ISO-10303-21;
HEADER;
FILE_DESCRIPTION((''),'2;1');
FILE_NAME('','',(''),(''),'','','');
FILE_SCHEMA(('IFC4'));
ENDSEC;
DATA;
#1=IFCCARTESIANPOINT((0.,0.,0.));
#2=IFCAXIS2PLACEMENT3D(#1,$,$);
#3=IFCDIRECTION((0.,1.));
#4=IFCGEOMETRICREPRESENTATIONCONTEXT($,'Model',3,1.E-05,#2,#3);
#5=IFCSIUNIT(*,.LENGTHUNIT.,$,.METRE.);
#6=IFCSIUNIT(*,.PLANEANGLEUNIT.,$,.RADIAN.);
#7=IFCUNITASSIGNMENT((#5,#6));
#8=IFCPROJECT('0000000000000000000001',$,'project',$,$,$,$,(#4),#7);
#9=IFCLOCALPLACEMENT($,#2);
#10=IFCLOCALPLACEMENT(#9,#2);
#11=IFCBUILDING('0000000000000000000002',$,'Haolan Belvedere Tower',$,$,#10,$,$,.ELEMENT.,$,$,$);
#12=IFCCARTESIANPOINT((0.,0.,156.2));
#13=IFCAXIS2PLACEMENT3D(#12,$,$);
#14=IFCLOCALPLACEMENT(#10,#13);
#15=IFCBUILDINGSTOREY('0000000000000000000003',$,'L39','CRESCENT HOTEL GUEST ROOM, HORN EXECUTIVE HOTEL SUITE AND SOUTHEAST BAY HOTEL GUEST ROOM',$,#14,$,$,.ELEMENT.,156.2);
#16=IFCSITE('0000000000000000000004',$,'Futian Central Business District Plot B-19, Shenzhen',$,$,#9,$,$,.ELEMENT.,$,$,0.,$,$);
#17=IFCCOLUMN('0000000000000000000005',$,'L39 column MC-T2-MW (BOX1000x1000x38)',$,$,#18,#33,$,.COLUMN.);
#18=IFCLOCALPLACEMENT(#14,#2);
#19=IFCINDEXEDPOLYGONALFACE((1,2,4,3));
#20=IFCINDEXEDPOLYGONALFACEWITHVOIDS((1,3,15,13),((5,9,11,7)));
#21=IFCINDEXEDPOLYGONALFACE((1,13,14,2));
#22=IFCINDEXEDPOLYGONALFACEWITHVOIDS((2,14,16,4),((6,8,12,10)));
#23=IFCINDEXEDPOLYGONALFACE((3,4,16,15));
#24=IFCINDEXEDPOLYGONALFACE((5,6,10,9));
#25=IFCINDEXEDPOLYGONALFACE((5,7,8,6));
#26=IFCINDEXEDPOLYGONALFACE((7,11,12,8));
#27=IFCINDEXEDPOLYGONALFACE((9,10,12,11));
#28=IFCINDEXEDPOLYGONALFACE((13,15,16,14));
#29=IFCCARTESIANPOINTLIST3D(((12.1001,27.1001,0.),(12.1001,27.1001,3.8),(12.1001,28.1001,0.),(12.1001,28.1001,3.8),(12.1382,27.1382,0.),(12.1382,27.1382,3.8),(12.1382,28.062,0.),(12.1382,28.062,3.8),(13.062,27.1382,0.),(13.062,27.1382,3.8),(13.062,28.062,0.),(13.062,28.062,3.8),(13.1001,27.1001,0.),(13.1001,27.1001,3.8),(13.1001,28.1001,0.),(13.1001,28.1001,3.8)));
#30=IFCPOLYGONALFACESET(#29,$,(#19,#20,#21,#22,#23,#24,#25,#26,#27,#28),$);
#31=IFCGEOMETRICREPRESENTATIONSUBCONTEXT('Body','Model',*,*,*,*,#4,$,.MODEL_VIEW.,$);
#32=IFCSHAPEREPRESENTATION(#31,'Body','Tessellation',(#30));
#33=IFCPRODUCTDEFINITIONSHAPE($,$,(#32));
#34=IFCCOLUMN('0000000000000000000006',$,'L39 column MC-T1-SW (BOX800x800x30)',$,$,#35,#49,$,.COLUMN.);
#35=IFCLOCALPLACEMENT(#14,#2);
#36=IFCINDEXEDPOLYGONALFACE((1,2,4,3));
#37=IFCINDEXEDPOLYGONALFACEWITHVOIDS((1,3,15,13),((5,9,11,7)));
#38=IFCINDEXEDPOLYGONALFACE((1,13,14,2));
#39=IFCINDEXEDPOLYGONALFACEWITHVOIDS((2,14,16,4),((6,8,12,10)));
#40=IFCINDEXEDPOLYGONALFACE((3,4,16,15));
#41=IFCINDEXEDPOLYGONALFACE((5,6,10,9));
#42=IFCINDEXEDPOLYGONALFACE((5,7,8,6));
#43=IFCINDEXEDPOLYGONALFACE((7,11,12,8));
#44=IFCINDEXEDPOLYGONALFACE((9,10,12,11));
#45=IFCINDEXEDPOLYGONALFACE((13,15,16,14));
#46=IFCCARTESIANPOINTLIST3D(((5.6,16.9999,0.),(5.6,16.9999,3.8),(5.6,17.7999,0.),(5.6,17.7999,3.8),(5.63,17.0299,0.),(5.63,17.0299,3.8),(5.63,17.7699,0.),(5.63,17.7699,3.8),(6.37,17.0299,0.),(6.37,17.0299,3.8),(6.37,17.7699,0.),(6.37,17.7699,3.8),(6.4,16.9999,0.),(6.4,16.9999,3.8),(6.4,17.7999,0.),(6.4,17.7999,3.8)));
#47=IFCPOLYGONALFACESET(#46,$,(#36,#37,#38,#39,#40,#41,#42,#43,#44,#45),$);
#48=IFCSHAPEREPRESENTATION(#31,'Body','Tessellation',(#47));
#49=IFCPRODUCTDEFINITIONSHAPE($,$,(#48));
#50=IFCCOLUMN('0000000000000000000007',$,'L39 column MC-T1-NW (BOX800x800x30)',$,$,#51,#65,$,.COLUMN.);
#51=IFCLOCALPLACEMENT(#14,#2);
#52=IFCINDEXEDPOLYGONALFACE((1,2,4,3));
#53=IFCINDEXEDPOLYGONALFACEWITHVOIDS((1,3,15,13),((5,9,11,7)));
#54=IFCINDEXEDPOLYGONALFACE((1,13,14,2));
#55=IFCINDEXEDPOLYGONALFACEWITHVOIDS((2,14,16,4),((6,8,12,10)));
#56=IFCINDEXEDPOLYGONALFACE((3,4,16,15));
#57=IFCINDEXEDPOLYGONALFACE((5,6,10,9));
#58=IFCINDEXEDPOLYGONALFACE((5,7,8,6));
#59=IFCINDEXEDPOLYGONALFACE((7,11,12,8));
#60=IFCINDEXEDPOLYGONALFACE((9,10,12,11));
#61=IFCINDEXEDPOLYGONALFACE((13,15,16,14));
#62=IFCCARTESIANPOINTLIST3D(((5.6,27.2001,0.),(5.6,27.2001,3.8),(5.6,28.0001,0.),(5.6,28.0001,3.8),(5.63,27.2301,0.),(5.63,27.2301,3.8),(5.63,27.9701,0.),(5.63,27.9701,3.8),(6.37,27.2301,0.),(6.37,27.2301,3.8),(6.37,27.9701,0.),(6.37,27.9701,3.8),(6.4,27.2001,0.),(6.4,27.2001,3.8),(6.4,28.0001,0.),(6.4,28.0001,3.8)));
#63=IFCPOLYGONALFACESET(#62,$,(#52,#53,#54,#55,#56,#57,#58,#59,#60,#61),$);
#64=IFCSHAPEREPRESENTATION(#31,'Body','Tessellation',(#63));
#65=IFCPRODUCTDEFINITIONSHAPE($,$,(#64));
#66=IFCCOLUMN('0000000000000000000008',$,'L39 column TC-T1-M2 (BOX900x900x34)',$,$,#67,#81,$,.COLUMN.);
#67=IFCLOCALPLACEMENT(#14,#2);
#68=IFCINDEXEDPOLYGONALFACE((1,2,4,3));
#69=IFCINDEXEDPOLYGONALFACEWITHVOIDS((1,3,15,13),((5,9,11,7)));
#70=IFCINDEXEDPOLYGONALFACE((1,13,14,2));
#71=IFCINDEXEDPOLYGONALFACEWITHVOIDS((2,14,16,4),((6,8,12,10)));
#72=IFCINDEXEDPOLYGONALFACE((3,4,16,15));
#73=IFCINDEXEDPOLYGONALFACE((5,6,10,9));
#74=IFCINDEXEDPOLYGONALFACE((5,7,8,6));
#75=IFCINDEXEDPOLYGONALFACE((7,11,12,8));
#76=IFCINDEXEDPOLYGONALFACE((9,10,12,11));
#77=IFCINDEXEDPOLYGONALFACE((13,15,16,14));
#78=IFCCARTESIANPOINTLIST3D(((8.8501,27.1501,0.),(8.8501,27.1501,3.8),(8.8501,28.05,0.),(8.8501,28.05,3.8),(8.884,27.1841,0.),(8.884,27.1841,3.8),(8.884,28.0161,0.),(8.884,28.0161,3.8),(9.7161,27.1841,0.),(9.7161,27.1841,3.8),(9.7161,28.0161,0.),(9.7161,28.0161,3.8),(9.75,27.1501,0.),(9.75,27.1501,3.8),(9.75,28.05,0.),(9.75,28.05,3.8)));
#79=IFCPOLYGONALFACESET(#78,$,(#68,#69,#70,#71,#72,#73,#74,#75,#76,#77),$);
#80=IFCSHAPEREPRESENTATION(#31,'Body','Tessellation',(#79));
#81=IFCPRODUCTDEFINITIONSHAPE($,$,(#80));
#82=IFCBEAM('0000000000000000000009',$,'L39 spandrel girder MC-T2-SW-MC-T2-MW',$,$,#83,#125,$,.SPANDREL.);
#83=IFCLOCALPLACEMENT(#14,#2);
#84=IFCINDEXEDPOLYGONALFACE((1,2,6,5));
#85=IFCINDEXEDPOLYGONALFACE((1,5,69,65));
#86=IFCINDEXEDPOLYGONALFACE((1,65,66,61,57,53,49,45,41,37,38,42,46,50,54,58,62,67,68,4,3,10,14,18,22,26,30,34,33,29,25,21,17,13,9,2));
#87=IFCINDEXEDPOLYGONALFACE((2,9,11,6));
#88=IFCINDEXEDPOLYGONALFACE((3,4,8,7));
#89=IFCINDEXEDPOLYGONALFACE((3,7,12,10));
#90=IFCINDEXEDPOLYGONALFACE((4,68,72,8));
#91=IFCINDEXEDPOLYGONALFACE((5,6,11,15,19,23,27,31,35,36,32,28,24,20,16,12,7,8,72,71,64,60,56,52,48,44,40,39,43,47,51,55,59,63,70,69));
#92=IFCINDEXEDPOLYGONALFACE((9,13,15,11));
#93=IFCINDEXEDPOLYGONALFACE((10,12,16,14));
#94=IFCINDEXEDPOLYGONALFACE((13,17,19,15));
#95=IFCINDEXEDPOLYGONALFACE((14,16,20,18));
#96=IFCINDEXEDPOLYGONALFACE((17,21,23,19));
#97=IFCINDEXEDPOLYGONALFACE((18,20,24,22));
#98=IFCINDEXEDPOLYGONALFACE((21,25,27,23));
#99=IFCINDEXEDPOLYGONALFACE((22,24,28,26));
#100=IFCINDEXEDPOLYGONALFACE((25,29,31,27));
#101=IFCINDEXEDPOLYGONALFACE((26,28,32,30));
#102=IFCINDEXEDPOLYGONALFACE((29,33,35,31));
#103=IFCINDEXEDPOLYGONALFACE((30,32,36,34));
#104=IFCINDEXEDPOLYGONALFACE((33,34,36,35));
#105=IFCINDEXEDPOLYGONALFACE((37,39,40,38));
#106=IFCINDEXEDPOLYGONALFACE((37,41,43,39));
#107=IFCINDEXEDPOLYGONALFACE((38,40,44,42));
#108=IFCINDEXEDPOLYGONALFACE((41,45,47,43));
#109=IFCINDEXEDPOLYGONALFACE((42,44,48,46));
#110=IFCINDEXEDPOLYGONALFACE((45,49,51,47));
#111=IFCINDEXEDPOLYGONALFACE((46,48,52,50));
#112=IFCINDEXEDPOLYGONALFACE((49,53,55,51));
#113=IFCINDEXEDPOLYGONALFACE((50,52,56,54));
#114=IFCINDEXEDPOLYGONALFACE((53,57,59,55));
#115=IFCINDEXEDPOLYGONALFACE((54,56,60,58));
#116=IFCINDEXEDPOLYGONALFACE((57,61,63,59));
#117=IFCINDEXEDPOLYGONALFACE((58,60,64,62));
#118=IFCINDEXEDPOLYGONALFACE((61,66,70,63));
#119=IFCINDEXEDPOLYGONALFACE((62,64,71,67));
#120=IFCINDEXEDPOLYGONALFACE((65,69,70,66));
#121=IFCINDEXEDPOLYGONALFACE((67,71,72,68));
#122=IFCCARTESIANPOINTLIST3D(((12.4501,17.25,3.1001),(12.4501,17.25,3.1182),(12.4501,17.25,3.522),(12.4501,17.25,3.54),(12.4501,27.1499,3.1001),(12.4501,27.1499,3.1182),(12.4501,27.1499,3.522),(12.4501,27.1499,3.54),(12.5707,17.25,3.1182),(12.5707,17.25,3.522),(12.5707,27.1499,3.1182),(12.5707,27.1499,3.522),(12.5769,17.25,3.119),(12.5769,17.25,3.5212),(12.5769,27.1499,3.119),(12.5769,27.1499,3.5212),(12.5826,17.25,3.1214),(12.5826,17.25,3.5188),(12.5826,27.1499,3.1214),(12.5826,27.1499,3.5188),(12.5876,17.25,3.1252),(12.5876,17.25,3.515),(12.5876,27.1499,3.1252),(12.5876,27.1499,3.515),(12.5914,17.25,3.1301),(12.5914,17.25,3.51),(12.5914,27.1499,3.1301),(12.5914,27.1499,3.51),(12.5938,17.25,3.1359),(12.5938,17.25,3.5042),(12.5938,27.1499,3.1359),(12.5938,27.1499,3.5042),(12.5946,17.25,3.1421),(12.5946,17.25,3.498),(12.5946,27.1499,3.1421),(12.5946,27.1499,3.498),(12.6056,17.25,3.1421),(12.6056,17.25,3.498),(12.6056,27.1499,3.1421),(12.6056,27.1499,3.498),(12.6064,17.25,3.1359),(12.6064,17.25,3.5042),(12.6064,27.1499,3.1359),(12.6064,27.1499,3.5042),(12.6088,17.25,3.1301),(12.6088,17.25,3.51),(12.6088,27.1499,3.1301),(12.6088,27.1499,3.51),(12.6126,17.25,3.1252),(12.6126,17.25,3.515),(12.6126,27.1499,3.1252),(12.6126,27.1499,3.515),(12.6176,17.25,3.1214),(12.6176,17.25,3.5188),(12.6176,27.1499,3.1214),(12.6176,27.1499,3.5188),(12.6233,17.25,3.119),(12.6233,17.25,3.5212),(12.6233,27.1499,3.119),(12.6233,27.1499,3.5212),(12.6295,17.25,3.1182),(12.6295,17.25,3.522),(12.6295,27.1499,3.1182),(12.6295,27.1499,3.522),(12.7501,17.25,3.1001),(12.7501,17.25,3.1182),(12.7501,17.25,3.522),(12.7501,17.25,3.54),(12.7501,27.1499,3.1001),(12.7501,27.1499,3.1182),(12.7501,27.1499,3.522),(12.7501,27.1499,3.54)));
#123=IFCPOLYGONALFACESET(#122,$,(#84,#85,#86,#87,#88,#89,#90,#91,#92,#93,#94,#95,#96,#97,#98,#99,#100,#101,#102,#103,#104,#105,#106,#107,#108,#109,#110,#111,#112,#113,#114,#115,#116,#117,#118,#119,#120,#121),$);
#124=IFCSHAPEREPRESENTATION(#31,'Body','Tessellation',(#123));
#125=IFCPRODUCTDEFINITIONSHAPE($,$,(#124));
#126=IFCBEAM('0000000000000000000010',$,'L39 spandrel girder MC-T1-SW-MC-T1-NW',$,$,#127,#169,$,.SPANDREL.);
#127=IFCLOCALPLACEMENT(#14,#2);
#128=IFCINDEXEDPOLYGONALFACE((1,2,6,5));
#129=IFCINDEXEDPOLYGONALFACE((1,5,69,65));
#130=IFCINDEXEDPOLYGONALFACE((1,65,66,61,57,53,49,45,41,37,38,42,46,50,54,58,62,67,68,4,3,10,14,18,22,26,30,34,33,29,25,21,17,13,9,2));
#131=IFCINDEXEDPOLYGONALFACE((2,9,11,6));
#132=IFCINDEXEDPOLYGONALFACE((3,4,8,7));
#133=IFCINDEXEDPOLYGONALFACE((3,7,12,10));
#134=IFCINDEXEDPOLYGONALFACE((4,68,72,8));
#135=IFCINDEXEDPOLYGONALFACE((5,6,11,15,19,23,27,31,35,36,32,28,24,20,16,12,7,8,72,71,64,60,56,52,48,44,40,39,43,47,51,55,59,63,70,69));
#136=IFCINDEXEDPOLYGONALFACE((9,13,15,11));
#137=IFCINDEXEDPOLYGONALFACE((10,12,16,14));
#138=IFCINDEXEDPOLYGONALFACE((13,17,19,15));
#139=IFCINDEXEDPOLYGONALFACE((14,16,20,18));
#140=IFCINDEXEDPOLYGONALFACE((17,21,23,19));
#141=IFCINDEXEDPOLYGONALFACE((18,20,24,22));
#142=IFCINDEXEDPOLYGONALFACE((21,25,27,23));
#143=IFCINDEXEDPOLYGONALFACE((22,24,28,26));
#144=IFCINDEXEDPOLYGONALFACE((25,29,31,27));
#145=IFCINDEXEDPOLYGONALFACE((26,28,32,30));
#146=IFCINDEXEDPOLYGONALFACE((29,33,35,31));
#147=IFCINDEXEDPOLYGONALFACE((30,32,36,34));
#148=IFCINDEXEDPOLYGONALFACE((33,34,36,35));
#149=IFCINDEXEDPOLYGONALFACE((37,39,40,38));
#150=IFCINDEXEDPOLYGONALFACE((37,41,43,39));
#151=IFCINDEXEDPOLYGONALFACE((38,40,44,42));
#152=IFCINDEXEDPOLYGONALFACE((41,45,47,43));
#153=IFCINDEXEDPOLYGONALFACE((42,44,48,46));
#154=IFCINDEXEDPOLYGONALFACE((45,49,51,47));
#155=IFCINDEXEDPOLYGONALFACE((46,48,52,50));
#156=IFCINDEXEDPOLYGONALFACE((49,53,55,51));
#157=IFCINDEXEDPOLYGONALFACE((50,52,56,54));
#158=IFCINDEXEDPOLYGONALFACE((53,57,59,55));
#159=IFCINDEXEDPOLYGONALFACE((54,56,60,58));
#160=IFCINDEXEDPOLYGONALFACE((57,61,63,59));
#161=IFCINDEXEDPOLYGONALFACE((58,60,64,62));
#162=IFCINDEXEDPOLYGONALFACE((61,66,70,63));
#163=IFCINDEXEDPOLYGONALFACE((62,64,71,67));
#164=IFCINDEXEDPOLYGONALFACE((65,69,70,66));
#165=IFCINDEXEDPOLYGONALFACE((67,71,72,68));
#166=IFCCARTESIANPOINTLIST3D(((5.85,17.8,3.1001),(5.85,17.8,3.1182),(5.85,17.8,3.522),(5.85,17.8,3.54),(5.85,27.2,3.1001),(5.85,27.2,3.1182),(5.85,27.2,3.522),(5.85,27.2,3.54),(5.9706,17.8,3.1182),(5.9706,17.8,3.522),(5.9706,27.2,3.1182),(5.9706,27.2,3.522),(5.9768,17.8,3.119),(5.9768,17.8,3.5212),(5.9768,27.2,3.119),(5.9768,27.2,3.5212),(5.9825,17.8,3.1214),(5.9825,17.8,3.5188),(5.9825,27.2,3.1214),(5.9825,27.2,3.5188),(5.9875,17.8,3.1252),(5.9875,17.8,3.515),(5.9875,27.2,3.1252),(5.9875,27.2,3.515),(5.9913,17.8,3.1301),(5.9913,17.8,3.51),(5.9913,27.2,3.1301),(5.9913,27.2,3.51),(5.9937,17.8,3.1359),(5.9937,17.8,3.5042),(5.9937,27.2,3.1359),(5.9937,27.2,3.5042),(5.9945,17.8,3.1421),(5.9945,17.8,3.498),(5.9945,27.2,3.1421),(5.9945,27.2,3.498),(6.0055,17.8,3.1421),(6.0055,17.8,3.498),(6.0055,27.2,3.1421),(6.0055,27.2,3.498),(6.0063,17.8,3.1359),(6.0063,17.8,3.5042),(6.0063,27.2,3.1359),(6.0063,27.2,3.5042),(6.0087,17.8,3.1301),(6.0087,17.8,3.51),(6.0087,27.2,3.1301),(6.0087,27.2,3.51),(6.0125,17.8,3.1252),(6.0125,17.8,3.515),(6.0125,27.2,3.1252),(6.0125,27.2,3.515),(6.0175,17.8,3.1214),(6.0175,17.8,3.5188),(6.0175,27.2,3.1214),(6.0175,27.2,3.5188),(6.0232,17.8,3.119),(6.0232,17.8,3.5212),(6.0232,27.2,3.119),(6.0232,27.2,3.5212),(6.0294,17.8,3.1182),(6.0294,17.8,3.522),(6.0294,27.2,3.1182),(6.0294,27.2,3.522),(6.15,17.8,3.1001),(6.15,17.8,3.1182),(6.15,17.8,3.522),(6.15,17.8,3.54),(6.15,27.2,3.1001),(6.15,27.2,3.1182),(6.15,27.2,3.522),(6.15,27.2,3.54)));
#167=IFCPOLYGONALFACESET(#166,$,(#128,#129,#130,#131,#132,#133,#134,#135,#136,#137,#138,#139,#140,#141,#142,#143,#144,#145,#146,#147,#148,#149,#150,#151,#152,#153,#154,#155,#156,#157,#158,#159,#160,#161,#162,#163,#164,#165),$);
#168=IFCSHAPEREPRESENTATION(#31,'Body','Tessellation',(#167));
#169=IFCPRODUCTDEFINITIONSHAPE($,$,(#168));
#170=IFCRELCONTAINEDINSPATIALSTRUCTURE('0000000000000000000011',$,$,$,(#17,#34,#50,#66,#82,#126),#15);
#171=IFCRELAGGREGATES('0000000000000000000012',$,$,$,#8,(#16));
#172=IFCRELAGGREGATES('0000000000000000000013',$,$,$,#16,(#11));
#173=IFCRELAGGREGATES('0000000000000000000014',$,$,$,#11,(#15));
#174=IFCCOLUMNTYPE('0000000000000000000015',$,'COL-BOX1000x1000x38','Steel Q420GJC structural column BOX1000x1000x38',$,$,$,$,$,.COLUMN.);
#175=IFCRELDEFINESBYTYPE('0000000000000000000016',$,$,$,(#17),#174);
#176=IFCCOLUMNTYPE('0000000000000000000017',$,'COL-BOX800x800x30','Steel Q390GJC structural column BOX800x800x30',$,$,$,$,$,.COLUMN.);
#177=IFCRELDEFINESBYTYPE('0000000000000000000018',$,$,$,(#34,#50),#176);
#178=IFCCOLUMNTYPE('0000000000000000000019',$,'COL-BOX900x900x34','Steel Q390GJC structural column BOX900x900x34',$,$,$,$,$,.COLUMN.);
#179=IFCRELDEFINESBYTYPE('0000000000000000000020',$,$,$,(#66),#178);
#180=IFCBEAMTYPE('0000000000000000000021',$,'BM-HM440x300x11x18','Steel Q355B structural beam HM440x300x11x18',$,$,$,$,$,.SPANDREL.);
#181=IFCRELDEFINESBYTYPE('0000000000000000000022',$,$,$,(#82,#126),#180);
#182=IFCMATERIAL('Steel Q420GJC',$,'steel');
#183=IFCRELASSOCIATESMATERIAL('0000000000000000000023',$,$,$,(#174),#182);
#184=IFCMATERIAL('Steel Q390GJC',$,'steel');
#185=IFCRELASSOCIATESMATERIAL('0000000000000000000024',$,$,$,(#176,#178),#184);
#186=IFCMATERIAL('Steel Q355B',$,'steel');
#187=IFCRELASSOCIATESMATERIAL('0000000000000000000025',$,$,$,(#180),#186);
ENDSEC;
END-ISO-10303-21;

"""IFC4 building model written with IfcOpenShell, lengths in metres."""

from ifc_helpers import new_model, si_unit, direction, frame, origin, origin_2d, place, context, subcontext, project, spatial, hollow_rectangle, i_section, extrude, material, material_profile, profile_set, type_object, element, save


model = new_model("IFC4")

# Units and contexts
model_context = context("Model", 3, precision=1e-05, world=origin(), true_north=direction((0.0, 1.0)))
body_context = subcontext(model_context, "Body", "Model", "MODEL_VIEW")
ifc_project = project(units=[si_unit("LENGTHUNIT", "METRE"), si_unit("PLANEANGLEUNIT", "RADIAN")], contexts=[model_context])

# Site, building, storey
site_placement = place(None, origin())
site = spatial("IfcSite", under=ifc_project, at=site_placement, Name="Futian Central Business District Plot B-19, Shenzhen", CompositionType="ELEMENT", RefElevation=0.0)
building_placement = place(site_placement, origin())
building = spatial("IfcBuilding", under=site, at=building_placement, Name="Haolan Belvedere Tower", CompositionType="ELEMENT")
storey_placement = place(building_placement, frame((0.0, 0.0, 156.2)))
storey = spatial("IfcBuildingStorey", under=building, at=storey_placement, Name="L39", Description="CRESCENT HOTEL GUEST ROOM, HORN EXECUTIVE HOTEL SUITE AND SOUTHEAST BAY HOTEL GUEST ROOM", CompositionType="ELEMENT", Elevation=156.2)

# Columns
ifc_material_1 = material(Name="Steel Q420GJC", Category="steel")
ifc_material_profile_1 = material_profile(ifc_material_1, hollow_rectangle(XDim=1.0, YDim=1.0, WallThickness=0.0381, at=origin_2d()), Name="Steel Q420GJC")
ifc_profile_set_1 = profile_set([ifc_material_profile_1], Name="Steel Q420GJC")
column_type_1 = type_object("IfcColumnType", Name="COL-BOX1000x1000x38", Description="Steel Q420GJC structural column BOX1000x1000x38", PredefinedType="COLUMN", material=ifc_profile_set_1)
column_1_placement = place(storey_placement, frame((12.6001, 27.6001, 0.0), z_axis=(0.0, 0.0, 1.0), x_axis=(1.0, 0.0, 0.0)))
element("IfcColumn", 1, at=column_1_placement, inside=storey, type_object=column_type_1, Name="L39 column MC-T2-MW (BOX1000x1000x38)", PredefinedType="COLUMN", context=body_context, shape_type="SweptSolid", body=[
    extrude(hollow_rectangle(XDim=1.0, YDim=1.0, WallThickness=0.0381, at=origin_2d()), origin(), (0.0, 0.0, 1.0), 3.8),
])
ifc_material_2 = material(Name="Steel Q390GJC", Category="steel")
ifc_material_profile_2 = material_profile(ifc_material_2, hollow_rectangle(XDim=0.8, YDim=0.8, WallThickness=0.03, at=origin_2d()), Name="Steel Q390GJC")
ifc_profile_set_2 = profile_set([ifc_material_profile_2], Name="Steel Q390GJC")
column_type_2 = type_object("IfcColumnType", Name="COL-BOX800x800x30", Description="Steel Q390GJC structural column BOX800x800x30", PredefinedType="COLUMN", material=ifc_profile_set_2)
for number, where, z_axis, x_axis, name in (
    (2, (6.0, 17.3999, 0.0), (0.0, 0.0, 1.0), (1.0, 0.0, 0.0), "L39 column MC-T1-SW (BOX800x800x30)"),
    (3, (6.0, 27.6001, 0.0), (0.0, 0.0, 1.0), (1.0, 0.0, 0.0), "L39 column MC-T1-NW (BOX800x800x30)"),
):
    element("IfcColumn", number, at=place(storey_placement, frame(where, z_axis=z_axis, x_axis=x_axis)), inside=storey, type_object=column_type_2, Name=name, PredefinedType="COLUMN", context=body_context, shape_type="SweptSolid", body=[
        extrude(hollow_rectangle(XDim=0.8, YDim=0.8, WallThickness=0.03, at=origin_2d()), origin(), (0.0, 0.0, 1.0), 3.8),
    ])
ifc_material_profile_3 = material_profile(ifc_material_2, hollow_rectangle(XDim=0.8999, YDim=0.8999, WallThickness=0.0339, at=origin_2d()), Name="Steel Q390GJC")
ifc_profile_set_3 = profile_set([ifc_material_profile_3], Name="Steel Q390GJC")
column_type_3 = type_object("IfcColumnType", Name="COL-BOX900x900x34", Description="Steel Q390GJC structural column BOX900x900x34", PredefinedType="COLUMN", material=ifc_profile_set_3)
column_2_placement = place(storey_placement, frame((9.3, 27.6001, 0.0), z_axis=(0.0, 0.0, 1.0), x_axis=(1.0, 0.0, 0.0)))
element("IfcColumn", 4, at=column_2_placement, inside=storey, type_object=column_type_3, Name="L39 column TC-T1-M2 (BOX900x900x34)", PredefinedType="COLUMN", context=body_context, shape_type="SweptSolid", body=[
    extrude(hollow_rectangle(XDim=0.8999, YDim=0.8999, WallThickness=0.0339, at=origin_2d()), origin(), (0.0, 0.0, 1.0), 3.8),
])

# Beams
ifc_material_3 = material(Name="Steel Q355B", Category="steel")
ifc_material_profile_4 = material_profile(ifc_material_3, i_section(OverallWidth=0.3, OverallDepth=0.4399, WebThickness=0.011, FlangeThickness=0.0181, FilletRadius=0.0239, at=origin_2d()), Name="Steel Q355B")
ifc_profile_set_4 = profile_set([ifc_material_profile_4], Name="Steel Q355B")
beam_type_1 = type_object("IfcBeamType", Name="BM-HM440x300x11x18", Description="Steel Q355B structural beam HM440x300x11x18", PredefinedType="SPANDREL", material=ifc_profile_set_4)
beam_1_placement = place(storey_placement, frame((12.6001, 17.25, 3.3201), z_axis=(0.0, 1.0, 0.0), x_axis=(-1.0, 0.0, 0.0)))
element("IfcBeam", 5, at=beam_1_placement, inside=storey, type_object=beam_type_1, Name="L39 spandrel girder MC-T2-SW-MC-T2-MW", PredefinedType="SPANDREL", context=body_context, shape_type="SweptSolid", body=[
    extrude(i_section(OverallWidth=0.3, OverallDepth=0.4399, WebThickness=0.011, FlangeThickness=0.0181, FilletRadius=0.0239, at=origin_2d()), origin(), (0.0, 0.0, 1.0), 9.8999),
])
beam_2_placement = place(storey_placement, frame((6.0, 17.8, 3.3201), z_axis=(0.0, 1.0, 0.0), x_axis=(-1.0, 0.0, 0.0)))
element("IfcBeam", 6, at=beam_2_placement, inside=storey, type_object=beam_type_1, Name="L39 spandrel girder MC-T1-SW-MC-T1-NW", PredefinedType="SPANDREL", context=body_context, shape_type="SweptSolid", body=[
    extrude(i_section(OverallWidth=0.3, OverallDepth=0.4399, WebThickness=0.011, FlangeThickness=0.0181, FilletRadius=0.0239, at=origin_2d()), origin(), (0.0, 0.0, 1.0), 9.3999),
])

save(model, "model.ifc")
